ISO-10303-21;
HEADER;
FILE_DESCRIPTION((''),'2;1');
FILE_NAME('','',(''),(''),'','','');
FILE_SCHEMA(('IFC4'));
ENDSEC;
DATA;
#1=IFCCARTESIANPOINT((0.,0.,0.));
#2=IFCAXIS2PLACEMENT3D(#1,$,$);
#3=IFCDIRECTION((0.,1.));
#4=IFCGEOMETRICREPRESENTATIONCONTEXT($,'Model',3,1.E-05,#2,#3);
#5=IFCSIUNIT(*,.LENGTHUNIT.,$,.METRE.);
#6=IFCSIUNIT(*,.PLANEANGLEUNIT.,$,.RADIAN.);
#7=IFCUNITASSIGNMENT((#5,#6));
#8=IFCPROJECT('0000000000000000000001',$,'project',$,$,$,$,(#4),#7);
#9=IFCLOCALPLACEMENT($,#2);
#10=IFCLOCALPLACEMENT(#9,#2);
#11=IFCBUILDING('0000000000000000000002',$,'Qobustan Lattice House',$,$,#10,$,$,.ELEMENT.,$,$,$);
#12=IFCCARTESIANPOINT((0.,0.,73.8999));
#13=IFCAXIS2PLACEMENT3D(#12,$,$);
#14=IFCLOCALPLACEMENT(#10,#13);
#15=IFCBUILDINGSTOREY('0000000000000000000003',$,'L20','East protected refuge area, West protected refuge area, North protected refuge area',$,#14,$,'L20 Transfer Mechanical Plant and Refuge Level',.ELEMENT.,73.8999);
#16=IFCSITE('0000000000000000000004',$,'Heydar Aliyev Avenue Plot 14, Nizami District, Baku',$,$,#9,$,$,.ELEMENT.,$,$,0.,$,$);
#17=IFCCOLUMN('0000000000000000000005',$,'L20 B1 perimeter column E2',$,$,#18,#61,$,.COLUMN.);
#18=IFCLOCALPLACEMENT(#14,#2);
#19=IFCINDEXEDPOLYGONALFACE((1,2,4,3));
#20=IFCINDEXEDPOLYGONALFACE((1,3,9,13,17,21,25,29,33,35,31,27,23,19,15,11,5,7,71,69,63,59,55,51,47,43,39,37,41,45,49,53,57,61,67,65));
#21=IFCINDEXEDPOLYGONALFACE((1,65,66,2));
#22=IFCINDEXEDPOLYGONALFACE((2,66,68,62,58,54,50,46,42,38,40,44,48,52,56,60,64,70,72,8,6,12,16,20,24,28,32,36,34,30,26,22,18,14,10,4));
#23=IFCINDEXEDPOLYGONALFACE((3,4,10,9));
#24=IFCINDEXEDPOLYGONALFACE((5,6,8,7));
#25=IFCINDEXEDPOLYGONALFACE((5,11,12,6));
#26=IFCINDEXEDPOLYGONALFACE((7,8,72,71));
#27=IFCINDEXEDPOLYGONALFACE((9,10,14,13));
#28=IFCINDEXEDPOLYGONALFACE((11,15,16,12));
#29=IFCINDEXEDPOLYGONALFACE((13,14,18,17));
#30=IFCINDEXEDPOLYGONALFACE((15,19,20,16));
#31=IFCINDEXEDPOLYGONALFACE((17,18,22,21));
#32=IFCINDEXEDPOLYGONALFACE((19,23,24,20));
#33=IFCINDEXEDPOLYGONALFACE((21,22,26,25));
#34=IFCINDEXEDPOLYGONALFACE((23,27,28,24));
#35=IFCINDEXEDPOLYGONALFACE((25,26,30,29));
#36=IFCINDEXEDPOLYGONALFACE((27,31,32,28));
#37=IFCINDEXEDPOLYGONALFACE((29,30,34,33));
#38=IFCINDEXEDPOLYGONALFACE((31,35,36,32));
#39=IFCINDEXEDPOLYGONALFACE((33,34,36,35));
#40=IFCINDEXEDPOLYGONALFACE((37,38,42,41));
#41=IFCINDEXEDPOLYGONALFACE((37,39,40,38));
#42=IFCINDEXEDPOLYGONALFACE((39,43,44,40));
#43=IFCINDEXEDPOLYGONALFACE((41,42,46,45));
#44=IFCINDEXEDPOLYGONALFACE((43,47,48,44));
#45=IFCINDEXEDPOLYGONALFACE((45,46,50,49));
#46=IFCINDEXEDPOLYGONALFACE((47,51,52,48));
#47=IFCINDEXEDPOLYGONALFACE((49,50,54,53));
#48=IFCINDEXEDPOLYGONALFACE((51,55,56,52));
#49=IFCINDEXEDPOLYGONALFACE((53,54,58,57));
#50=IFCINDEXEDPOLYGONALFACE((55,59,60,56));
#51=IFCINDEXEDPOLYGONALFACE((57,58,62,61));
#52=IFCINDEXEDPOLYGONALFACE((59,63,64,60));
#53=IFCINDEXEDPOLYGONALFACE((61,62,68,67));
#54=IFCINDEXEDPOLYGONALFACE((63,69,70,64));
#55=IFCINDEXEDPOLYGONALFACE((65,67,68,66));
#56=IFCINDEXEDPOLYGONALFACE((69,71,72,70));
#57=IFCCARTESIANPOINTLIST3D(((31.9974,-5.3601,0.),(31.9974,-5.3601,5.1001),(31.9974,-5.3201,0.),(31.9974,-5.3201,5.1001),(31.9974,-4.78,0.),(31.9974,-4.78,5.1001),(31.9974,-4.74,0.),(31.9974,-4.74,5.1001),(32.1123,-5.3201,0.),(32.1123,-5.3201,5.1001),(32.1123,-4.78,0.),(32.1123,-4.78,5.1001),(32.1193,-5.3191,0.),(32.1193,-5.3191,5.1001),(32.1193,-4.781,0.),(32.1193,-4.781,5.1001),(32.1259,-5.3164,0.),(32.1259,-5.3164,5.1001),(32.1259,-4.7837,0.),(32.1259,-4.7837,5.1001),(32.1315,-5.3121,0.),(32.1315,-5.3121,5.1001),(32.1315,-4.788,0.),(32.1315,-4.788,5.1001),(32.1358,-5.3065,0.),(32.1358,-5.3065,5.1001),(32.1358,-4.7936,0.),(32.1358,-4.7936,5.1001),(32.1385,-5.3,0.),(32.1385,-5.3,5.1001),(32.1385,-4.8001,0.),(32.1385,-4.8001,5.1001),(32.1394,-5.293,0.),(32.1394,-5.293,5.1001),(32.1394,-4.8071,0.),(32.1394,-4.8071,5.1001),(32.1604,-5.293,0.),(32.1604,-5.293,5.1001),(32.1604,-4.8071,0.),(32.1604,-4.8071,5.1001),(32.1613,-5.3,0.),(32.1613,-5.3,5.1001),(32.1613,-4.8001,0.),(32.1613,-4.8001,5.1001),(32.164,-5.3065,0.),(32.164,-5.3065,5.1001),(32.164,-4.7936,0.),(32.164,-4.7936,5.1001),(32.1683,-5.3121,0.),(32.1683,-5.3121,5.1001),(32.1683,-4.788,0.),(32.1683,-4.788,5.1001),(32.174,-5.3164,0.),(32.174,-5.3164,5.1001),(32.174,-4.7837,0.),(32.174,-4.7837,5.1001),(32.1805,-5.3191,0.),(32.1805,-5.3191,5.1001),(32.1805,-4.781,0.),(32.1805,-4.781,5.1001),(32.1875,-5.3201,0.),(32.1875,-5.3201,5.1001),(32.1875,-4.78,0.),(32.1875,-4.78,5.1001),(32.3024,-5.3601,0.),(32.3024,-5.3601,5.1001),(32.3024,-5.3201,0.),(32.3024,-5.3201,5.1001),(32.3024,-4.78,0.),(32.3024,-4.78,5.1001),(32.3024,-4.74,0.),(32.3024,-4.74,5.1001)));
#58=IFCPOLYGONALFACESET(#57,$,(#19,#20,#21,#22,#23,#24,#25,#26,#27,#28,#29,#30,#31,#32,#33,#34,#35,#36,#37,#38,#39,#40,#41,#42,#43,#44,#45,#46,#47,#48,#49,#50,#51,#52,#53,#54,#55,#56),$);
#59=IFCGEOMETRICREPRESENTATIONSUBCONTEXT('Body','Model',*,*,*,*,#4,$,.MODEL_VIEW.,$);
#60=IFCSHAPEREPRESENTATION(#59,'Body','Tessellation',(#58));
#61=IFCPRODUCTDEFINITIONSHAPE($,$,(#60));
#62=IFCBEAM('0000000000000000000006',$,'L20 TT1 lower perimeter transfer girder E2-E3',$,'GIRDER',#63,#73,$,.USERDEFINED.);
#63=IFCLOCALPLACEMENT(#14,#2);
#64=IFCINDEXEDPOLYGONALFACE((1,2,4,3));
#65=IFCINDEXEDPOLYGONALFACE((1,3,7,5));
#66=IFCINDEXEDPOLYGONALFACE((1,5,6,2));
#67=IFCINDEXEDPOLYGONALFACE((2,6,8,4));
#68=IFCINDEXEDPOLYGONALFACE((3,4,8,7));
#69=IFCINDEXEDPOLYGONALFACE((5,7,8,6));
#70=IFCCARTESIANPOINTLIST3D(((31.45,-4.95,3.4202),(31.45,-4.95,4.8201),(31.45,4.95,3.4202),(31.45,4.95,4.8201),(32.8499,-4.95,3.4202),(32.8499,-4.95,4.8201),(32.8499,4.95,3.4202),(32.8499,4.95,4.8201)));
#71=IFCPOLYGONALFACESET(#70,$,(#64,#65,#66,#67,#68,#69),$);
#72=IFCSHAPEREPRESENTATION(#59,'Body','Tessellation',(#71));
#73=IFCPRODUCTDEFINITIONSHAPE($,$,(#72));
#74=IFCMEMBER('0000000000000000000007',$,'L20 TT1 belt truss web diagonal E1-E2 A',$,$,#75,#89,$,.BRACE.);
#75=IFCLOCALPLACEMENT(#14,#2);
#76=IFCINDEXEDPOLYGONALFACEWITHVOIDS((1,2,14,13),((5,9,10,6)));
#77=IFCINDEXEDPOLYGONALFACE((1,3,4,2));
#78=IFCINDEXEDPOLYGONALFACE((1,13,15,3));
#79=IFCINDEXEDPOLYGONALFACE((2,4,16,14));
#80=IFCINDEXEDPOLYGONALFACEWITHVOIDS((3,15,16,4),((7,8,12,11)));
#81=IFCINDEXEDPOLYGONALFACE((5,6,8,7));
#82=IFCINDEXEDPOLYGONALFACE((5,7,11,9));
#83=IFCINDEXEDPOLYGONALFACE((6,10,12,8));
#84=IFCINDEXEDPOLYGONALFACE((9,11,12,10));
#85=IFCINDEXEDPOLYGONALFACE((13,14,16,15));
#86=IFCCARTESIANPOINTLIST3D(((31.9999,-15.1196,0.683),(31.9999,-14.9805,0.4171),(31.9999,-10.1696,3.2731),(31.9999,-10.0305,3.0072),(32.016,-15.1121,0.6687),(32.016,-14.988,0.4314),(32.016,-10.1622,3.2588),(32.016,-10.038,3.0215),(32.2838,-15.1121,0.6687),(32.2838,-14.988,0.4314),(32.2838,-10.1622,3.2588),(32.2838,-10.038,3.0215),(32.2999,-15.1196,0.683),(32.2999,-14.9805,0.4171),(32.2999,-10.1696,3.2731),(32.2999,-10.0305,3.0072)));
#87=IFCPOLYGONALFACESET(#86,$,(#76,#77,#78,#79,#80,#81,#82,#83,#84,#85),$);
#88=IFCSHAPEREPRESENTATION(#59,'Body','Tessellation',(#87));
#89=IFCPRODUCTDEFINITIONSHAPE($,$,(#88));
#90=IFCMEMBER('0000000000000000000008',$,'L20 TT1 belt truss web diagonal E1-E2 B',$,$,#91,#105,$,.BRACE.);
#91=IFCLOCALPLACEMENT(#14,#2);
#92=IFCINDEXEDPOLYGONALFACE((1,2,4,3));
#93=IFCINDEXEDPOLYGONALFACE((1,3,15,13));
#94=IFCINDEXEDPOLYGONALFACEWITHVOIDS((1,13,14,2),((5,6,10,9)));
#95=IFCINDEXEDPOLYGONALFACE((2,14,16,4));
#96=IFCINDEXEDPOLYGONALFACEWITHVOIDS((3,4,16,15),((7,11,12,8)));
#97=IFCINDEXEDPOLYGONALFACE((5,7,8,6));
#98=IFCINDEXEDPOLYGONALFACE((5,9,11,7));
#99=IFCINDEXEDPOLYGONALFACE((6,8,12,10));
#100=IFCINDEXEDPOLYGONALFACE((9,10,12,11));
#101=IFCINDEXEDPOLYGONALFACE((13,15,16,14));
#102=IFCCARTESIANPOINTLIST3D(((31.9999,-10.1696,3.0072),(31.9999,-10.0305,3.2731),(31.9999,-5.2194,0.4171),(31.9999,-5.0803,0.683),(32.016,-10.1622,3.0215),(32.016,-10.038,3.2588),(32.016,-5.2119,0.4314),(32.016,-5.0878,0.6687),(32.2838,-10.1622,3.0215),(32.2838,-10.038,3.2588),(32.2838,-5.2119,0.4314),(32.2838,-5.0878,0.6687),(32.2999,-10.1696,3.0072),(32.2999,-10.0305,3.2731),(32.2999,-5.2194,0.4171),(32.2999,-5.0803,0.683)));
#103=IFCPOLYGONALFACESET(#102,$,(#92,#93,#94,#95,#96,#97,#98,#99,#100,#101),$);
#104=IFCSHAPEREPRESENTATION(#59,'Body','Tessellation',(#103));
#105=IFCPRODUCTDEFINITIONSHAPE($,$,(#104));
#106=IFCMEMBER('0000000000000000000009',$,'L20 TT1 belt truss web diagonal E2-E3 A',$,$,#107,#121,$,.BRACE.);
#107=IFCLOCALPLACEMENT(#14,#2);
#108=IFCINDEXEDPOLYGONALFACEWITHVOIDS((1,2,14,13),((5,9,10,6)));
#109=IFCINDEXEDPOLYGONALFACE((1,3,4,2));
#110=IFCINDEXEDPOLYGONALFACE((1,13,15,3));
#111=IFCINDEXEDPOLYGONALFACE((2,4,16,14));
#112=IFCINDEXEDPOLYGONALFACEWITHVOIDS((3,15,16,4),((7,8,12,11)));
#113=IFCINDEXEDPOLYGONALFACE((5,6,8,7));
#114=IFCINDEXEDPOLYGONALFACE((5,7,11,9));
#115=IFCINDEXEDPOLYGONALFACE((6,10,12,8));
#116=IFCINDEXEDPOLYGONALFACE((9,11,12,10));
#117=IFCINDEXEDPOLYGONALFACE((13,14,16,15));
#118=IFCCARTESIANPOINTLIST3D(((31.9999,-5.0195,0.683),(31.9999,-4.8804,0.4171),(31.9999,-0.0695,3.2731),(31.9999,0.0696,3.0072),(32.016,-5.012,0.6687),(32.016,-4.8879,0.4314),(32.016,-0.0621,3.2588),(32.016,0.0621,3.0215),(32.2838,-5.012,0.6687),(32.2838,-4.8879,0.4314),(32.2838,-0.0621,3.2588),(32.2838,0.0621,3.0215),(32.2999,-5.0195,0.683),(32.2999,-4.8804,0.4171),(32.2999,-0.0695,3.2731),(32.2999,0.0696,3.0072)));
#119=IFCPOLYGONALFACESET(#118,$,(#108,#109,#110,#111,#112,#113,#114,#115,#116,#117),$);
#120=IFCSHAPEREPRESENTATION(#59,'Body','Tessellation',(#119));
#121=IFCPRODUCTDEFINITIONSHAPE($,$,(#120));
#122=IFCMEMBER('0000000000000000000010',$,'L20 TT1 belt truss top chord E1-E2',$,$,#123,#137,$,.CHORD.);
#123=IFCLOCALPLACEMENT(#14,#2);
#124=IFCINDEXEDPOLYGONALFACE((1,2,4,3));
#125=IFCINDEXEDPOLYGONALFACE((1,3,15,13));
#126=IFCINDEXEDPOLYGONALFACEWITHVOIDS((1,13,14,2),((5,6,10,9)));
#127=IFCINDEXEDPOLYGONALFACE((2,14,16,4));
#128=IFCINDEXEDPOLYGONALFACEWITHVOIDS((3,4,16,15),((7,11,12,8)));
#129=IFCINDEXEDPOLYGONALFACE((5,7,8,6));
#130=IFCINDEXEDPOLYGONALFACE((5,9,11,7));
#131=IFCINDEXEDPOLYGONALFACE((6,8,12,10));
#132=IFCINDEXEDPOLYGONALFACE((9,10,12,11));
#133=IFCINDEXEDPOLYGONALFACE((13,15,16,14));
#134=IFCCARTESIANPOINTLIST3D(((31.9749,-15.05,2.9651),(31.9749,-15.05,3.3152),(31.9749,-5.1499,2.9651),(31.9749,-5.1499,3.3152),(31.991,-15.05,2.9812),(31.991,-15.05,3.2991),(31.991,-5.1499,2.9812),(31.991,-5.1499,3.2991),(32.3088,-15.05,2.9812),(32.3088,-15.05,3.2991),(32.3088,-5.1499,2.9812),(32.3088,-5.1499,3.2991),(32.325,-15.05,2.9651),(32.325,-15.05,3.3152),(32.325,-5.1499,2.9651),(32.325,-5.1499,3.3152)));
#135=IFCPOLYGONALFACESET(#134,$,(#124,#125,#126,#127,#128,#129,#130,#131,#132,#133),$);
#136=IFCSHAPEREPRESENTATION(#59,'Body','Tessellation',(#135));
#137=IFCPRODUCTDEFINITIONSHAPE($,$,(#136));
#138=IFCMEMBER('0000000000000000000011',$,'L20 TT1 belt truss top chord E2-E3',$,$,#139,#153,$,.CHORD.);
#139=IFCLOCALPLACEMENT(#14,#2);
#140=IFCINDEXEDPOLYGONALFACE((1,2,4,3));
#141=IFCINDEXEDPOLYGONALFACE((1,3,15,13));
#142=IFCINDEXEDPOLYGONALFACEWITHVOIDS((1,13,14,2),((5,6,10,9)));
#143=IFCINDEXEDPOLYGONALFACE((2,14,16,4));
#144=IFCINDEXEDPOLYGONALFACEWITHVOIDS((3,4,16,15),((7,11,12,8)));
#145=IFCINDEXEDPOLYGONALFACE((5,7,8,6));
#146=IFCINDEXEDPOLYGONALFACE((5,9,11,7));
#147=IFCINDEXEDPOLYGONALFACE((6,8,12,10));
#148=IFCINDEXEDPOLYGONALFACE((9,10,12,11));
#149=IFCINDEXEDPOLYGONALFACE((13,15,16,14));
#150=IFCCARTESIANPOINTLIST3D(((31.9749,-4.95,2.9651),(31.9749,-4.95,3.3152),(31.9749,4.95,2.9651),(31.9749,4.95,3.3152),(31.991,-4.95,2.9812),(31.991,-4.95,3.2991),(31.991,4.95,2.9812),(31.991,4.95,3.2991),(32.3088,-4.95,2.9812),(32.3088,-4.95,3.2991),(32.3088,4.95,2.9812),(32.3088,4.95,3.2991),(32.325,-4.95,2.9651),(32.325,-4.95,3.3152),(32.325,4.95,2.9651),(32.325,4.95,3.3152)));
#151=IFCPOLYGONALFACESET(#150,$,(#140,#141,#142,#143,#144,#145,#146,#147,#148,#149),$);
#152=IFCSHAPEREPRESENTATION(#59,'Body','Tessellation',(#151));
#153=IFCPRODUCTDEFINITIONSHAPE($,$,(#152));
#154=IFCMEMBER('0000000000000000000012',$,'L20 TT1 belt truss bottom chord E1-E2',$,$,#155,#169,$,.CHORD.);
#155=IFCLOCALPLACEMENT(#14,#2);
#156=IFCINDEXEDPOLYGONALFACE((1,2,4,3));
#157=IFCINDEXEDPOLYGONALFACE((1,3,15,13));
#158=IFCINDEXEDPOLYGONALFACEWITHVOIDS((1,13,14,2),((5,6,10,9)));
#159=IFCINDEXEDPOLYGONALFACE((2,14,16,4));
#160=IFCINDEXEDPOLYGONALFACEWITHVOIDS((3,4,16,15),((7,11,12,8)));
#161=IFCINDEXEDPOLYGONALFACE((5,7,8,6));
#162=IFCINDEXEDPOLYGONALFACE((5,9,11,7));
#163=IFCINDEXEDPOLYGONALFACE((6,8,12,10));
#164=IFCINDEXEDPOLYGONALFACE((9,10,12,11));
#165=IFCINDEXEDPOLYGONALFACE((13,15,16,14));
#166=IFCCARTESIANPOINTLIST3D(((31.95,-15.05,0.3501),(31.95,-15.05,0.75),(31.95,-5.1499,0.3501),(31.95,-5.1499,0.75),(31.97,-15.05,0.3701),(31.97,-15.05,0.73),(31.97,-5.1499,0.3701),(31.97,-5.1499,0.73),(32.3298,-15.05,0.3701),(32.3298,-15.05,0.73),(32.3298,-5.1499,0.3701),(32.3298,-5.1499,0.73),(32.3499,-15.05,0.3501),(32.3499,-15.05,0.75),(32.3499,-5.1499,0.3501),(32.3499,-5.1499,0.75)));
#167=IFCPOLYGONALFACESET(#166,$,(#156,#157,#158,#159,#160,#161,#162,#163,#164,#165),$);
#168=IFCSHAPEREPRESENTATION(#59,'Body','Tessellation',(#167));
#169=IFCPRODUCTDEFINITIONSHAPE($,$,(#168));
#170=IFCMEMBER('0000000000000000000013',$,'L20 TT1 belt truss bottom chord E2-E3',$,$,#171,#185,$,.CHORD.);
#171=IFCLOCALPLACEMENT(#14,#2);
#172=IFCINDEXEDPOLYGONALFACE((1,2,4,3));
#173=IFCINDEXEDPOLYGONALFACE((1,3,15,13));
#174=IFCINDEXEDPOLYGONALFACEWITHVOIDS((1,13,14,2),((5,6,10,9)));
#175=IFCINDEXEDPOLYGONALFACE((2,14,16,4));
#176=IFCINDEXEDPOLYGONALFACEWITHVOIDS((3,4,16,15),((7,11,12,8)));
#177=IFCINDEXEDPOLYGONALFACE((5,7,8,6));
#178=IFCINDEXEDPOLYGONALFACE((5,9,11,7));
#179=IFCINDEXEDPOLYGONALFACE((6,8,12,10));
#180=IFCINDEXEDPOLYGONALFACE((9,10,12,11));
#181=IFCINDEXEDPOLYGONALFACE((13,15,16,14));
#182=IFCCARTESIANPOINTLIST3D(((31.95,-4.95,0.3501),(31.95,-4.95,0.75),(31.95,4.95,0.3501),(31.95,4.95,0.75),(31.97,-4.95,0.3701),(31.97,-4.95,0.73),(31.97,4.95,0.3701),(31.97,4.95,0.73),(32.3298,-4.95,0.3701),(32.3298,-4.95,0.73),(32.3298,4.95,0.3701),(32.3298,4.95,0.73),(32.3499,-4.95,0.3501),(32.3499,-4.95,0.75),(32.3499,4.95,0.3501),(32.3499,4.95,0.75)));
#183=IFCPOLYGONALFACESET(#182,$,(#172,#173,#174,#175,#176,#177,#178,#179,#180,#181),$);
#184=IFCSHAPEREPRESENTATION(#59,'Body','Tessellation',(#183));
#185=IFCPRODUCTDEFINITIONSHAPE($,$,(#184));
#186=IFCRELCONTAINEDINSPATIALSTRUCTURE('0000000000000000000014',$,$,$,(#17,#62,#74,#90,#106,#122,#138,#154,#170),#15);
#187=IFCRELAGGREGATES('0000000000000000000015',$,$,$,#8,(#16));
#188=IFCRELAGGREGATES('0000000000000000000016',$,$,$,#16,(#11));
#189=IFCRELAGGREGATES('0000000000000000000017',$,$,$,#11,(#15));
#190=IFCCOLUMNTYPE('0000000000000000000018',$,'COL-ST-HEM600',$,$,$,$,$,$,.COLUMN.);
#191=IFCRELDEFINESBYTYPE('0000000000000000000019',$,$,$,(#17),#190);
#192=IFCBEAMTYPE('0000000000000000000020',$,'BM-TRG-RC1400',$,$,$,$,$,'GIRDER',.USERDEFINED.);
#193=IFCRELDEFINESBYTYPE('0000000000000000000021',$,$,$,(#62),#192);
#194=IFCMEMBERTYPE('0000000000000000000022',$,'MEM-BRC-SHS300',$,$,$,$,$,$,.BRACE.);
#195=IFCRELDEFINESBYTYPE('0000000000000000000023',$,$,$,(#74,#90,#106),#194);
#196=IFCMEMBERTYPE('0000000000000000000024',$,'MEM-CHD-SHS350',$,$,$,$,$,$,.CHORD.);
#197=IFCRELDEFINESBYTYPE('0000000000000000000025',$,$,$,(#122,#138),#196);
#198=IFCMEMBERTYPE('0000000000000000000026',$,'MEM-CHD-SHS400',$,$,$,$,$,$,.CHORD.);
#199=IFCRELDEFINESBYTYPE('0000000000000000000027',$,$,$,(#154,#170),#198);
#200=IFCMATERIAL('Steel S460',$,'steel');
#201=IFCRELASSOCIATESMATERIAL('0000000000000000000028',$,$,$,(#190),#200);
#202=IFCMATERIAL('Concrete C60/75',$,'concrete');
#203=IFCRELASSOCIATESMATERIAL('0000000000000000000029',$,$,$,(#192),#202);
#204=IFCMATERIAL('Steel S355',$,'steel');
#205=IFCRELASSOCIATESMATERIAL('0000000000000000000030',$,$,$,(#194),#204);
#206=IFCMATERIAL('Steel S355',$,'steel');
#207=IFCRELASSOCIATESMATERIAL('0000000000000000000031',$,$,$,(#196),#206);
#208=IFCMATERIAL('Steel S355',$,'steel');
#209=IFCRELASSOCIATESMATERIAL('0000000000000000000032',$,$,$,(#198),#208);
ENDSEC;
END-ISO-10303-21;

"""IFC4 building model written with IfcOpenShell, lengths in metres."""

from ifc_helpers import new_model, si_unit, direction, frame, origin, origin_2d, place, context, subcontext, project, spatial, rectangle, hollow_rectangle, i_section, extrude, material, material_profile, profile_set, type_object, element, save


model = new_model("IFC4")

# Units and contexts
model_context = context("Model", 3, precision=1e-05, world=origin(), true_north=direction((0.0, 1.0)))
body_context = subcontext(model_context, "Body", "Model", "MODEL_VIEW")
ifc_project = project(units=[si_unit("LENGTHUNIT", "METRE"), si_unit("PLANEANGLEUNIT", "RADIAN")], contexts=[model_context])

# Site, building, storey
site_placement = place(None, origin())
site = spatial("IfcSite", under=ifc_project, at=site_placement, Name="Heydar Aliyev Avenue Plot 14, Nizami District, Baku", CompositionType="ELEMENT", RefElevation=0.0)
building_placement = place(site_placement, origin())
building = spatial("IfcBuilding", under=site, at=building_placement, Name="Qobustan Lattice House", CompositionType="ELEMENT")
storey_placement = place(building_placement, frame((0.0, 0.0, 73.8999)))
storey = spatial("IfcBuildingStorey", under=building, at=storey_placement, Name="L20", Description="East protected refuge area, West protected refuge area, North protected refuge area", LongName="L20 Transfer Mechanical Plant and Refuge Level", CompositionType="ELEMENT", Elevation=73.8999)

# Column
ifc_material_1 = material(Name="Steel S460", Category="steel")
ifc_material_profile_1 = material_profile(ifc_material_1, i_section(OverallWidth=0.3049, OverallDepth=0.6201, WebThickness=0.021, FlangeThickness=0.04, FilletRadius=0.0271, at=origin_2d()), Name="HEM600")
ifc_profile_set_1 = profile_set([ifc_material_profile_1], Name="Steel S460")
column_type = type_object("IfcColumnType", Name="COL-ST-HEM600", PredefinedType="COLUMN", material=ifc_profile_set_1)
column_placement = place(storey_placement, frame((32.1499, -5.05, 0.0), z_axis=(0.0, 0.0, 1.0), x_axis=(1.0, 0.0, 0.0)))
element("IfcColumn", 1, at=column_placement, inside=storey, type_object=column_type, Name="L20 B1 perimeter column E2", PredefinedType="COLUMN", context=body_context, shape_type="SweptSolid", body=[
    extrude(i_section(OverallWidth=0.3049, OverallDepth=0.6201, WebThickness=0.021, FlangeThickness=0.04, FilletRadius=0.0271, at=origin_2d()), origin(), (0.0, 0.0, 1.0), 5.1001),
])

# Beam
ifc_material_2 = material(Name="Concrete C60/75", Category="concrete")
ifc_material_profile_2 = material_profile(ifc_material_2, rectangle(XDim=1.3999, YDim=1.3999, at=origin_2d()), Name="RC1400x1400")
ifc_profile_set_2 = profile_set([ifc_material_profile_2], Name="Concrete C60/75")
beam_type = type_object("IfcBeamType", Name="BM-TRG-RC1400", ElementType="GIRDER", PredefinedType="USERDEFINED", material=ifc_profile_set_2)
beam_placement = place(storey_placement, frame((32.1499, -4.95, 4.1201), z_axis=(0.0, 1.0, 0.0), x_axis=(-1.0, 0.0, 0.0)))
element("IfcBeam", 2, at=beam_placement, inside=storey, type_object=beam_type, Name="L20 TT1 lower perimeter transfer girder E2-E3", ObjectType="GIRDER", PredefinedType="USERDEFINED", context=body_context, shape_type="SweptSolid", body=[
    extrude(rectangle(XDim=1.3999, YDim=1.3999, at=origin_2d()), origin(), (0.0, 0.0, 1.0), 9.8999),
])

# Members
ifc_material_3 = material(Name="Steel S355", Category="steel")
ifc_material_profile_3 = material_profile(ifc_material_3, hollow_rectangle(XDim=0.3, YDim=0.3, WallThickness=0.0161, at=origin_2d()), Name="SHS300x300x16")
ifc_profile_set_3 = profile_set([ifc_material_profile_3], Name="Steel S355")
member_type_1 = type_object("IfcMemberType", Name="MEM-BRC-SHS300", PredefinedType="BRACE", material=ifc_profile_set_3)
member_1_placement = place(storey_placement, frame((32.1499, -15.05, 0.55), z_axis=(0.0, 0.886033, 0.463622), x_axis=(-1.0, 0.0, 0.0)))
element("IfcMember", 3, at=member_1_placement, inside=storey, type_object=member_type_1, Name="L20 TT1 belt truss web diagonal E1-E2 A", PredefinedType="BRACE", context=body_context, shape_type="SweptSolid", body=[
    extrude(hollow_rectangle(XDim=0.3, YDim=0.3, WallThickness=0.0161, at=origin_2d()), origin(), (0.0, 0.0, 1.0), 5.5867),
])
member_2_placement = place(storey_placement, frame((32.1499, -10.1001, 3.1401), z_axis=(0.0, 0.886043, -0.463604), x_axis=(-1.0, 0.0, 0.0)))
element("IfcMember", 4, at=member_2_placement, inside=storey, type_object=member_type_1, Name="L20 TT1 belt truss web diagonal E1-E2 B", PredefinedType="BRACE", context=body_context, shape_type="SweptSolid", body=[
    extrude(hollow_rectangle(XDim=0.3, YDim=0.3, WallThickness=0.0161, at=origin_2d()), origin(), (0.0, 0.0, 1.0), 5.5869),
])
member_3_placement = place(storey_placement, frame((32.1499, -4.95, 0.55), z_axis=(0.0, 0.886033, 0.463622), x_axis=(-1.0, 0.0, 0.0)))
element("IfcMember", 5, at=member_3_placement, inside=storey, type_object=member_type_1, Name="L20 TT1 belt truss web diagonal E2-E3 A", PredefinedType="BRACE", context=body_context, shape_type="SweptSolid", body=[
    extrude(hollow_rectangle(XDim=0.3, YDim=0.3, WallThickness=0.0161, at=origin_2d()), origin(), (0.0, 0.0, 1.0), 5.5867),
])
ifc_material_4 = material(Name="Steel S355", Category="steel")
ifc_material_profile_4 = material_profile(ifc_material_4, hollow_rectangle(XDim=0.3501, YDim=0.3501, WallThickness=0.0161, at=origin_2d()), Name="SHS350x350x16")
ifc_profile_set_4 = profile_set([ifc_material_profile_4], Name="Steel S355")
member_type_2 = type_object("IfcMemberType", Name="MEM-CHD-SHS350", PredefinedType="CHORD", material=ifc_profile_set_4)
member_4_placement = place(storey_placement, frame((32.1499, -15.05, 3.1401), z_axis=(0.0, 1.0, 0.0), x_axis=(-1.0, 0.0, 0.0)))
element("IfcMember", 6, at=member_4_placement, inside=storey, type_object=member_type_2, Name="L20 TT1 belt truss top chord E1-E2", PredefinedType="CHORD", context=body_context, shape_type="SweptSolid", body=[
    extrude(hollow_rectangle(XDim=0.3501, YDim=0.3501, WallThickness=0.0161, at=origin_2d()), origin(), (0.0, 0.0, 1.0), 9.9001),
])
member_5_placement = place(storey_placement, frame((32.1499, -4.95, 3.1401), z_axis=(0.0, 1.0, 0.0), x_axis=(-1.0, 0.0, 0.0)))
element("IfcMember", 7, at=member_5_placement, inside=storey, type_object=member_type_2, Name="L20 TT1 belt truss top chord E2-E3", PredefinedType="CHORD", context=body_context, shape_type="SweptSolid", body=[
    extrude(hollow_rectangle(XDim=0.3501, YDim=0.3501, WallThickness=0.0161, at=origin_2d()), origin(), (0.0, 0.0, 1.0), 9.8999),
])
ifc_material_5 = material(Name="Steel S355", Category="steel")
ifc_material_profile_5 = material_profile(ifc_material_5, hollow_rectangle(XDim=0.3999, YDim=0.3999, WallThickness=0.02, at=origin_2d()), Name="SHS400x400x20")
ifc_profile_set_5 = profile_set([ifc_material_profile_5], Name="Steel S355")
member_type_3 = type_object("IfcMemberType", Name="MEM-CHD-SHS400", PredefinedType="CHORD", material=ifc_profile_set_5)
member_6_placement = place(storey_placement, frame((32.1499, -15.05, 0.55), z_axis=(0.0, 1.0, 0.0), x_axis=(-1.0, 0.0, 0.0)))
element("IfcMember", 8, at=member_6_placement, inside=storey, type_object=member_type_3, Name="L20 TT1 belt truss bottom chord E1-E2", PredefinedType="CHORD", context=body_context, shape_type="SweptSolid", body=[
    extrude(hollow_rectangle(XDim=0.3999, YDim=0.3999, WallThickness=0.02, at=origin_2d()), origin(), (0.0, 0.0, 1.0), 9.9001),
])
member_7_placement = place(storey_placement, frame((32.1499, -4.95, 0.55), z_axis=(0.0, 1.0, 0.0), x_axis=(-1.0, 0.0, 0.0)))
element("IfcMember", 9, at=member_7_placement, inside=storey, type_object=member_type_3, Name="L20 TT1 belt truss bottom chord E2-E3", PredefinedType="CHORD", context=body_context, shape_type="SweptSolid", body=[
    extrude(hollow_rectangle(XDim=0.3999, YDim=0.3999, WallThickness=0.02, at=origin_2d()), origin(), (0.0, 0.0, 1.0), 9.8999),
])

save(model, "model.ifc")
